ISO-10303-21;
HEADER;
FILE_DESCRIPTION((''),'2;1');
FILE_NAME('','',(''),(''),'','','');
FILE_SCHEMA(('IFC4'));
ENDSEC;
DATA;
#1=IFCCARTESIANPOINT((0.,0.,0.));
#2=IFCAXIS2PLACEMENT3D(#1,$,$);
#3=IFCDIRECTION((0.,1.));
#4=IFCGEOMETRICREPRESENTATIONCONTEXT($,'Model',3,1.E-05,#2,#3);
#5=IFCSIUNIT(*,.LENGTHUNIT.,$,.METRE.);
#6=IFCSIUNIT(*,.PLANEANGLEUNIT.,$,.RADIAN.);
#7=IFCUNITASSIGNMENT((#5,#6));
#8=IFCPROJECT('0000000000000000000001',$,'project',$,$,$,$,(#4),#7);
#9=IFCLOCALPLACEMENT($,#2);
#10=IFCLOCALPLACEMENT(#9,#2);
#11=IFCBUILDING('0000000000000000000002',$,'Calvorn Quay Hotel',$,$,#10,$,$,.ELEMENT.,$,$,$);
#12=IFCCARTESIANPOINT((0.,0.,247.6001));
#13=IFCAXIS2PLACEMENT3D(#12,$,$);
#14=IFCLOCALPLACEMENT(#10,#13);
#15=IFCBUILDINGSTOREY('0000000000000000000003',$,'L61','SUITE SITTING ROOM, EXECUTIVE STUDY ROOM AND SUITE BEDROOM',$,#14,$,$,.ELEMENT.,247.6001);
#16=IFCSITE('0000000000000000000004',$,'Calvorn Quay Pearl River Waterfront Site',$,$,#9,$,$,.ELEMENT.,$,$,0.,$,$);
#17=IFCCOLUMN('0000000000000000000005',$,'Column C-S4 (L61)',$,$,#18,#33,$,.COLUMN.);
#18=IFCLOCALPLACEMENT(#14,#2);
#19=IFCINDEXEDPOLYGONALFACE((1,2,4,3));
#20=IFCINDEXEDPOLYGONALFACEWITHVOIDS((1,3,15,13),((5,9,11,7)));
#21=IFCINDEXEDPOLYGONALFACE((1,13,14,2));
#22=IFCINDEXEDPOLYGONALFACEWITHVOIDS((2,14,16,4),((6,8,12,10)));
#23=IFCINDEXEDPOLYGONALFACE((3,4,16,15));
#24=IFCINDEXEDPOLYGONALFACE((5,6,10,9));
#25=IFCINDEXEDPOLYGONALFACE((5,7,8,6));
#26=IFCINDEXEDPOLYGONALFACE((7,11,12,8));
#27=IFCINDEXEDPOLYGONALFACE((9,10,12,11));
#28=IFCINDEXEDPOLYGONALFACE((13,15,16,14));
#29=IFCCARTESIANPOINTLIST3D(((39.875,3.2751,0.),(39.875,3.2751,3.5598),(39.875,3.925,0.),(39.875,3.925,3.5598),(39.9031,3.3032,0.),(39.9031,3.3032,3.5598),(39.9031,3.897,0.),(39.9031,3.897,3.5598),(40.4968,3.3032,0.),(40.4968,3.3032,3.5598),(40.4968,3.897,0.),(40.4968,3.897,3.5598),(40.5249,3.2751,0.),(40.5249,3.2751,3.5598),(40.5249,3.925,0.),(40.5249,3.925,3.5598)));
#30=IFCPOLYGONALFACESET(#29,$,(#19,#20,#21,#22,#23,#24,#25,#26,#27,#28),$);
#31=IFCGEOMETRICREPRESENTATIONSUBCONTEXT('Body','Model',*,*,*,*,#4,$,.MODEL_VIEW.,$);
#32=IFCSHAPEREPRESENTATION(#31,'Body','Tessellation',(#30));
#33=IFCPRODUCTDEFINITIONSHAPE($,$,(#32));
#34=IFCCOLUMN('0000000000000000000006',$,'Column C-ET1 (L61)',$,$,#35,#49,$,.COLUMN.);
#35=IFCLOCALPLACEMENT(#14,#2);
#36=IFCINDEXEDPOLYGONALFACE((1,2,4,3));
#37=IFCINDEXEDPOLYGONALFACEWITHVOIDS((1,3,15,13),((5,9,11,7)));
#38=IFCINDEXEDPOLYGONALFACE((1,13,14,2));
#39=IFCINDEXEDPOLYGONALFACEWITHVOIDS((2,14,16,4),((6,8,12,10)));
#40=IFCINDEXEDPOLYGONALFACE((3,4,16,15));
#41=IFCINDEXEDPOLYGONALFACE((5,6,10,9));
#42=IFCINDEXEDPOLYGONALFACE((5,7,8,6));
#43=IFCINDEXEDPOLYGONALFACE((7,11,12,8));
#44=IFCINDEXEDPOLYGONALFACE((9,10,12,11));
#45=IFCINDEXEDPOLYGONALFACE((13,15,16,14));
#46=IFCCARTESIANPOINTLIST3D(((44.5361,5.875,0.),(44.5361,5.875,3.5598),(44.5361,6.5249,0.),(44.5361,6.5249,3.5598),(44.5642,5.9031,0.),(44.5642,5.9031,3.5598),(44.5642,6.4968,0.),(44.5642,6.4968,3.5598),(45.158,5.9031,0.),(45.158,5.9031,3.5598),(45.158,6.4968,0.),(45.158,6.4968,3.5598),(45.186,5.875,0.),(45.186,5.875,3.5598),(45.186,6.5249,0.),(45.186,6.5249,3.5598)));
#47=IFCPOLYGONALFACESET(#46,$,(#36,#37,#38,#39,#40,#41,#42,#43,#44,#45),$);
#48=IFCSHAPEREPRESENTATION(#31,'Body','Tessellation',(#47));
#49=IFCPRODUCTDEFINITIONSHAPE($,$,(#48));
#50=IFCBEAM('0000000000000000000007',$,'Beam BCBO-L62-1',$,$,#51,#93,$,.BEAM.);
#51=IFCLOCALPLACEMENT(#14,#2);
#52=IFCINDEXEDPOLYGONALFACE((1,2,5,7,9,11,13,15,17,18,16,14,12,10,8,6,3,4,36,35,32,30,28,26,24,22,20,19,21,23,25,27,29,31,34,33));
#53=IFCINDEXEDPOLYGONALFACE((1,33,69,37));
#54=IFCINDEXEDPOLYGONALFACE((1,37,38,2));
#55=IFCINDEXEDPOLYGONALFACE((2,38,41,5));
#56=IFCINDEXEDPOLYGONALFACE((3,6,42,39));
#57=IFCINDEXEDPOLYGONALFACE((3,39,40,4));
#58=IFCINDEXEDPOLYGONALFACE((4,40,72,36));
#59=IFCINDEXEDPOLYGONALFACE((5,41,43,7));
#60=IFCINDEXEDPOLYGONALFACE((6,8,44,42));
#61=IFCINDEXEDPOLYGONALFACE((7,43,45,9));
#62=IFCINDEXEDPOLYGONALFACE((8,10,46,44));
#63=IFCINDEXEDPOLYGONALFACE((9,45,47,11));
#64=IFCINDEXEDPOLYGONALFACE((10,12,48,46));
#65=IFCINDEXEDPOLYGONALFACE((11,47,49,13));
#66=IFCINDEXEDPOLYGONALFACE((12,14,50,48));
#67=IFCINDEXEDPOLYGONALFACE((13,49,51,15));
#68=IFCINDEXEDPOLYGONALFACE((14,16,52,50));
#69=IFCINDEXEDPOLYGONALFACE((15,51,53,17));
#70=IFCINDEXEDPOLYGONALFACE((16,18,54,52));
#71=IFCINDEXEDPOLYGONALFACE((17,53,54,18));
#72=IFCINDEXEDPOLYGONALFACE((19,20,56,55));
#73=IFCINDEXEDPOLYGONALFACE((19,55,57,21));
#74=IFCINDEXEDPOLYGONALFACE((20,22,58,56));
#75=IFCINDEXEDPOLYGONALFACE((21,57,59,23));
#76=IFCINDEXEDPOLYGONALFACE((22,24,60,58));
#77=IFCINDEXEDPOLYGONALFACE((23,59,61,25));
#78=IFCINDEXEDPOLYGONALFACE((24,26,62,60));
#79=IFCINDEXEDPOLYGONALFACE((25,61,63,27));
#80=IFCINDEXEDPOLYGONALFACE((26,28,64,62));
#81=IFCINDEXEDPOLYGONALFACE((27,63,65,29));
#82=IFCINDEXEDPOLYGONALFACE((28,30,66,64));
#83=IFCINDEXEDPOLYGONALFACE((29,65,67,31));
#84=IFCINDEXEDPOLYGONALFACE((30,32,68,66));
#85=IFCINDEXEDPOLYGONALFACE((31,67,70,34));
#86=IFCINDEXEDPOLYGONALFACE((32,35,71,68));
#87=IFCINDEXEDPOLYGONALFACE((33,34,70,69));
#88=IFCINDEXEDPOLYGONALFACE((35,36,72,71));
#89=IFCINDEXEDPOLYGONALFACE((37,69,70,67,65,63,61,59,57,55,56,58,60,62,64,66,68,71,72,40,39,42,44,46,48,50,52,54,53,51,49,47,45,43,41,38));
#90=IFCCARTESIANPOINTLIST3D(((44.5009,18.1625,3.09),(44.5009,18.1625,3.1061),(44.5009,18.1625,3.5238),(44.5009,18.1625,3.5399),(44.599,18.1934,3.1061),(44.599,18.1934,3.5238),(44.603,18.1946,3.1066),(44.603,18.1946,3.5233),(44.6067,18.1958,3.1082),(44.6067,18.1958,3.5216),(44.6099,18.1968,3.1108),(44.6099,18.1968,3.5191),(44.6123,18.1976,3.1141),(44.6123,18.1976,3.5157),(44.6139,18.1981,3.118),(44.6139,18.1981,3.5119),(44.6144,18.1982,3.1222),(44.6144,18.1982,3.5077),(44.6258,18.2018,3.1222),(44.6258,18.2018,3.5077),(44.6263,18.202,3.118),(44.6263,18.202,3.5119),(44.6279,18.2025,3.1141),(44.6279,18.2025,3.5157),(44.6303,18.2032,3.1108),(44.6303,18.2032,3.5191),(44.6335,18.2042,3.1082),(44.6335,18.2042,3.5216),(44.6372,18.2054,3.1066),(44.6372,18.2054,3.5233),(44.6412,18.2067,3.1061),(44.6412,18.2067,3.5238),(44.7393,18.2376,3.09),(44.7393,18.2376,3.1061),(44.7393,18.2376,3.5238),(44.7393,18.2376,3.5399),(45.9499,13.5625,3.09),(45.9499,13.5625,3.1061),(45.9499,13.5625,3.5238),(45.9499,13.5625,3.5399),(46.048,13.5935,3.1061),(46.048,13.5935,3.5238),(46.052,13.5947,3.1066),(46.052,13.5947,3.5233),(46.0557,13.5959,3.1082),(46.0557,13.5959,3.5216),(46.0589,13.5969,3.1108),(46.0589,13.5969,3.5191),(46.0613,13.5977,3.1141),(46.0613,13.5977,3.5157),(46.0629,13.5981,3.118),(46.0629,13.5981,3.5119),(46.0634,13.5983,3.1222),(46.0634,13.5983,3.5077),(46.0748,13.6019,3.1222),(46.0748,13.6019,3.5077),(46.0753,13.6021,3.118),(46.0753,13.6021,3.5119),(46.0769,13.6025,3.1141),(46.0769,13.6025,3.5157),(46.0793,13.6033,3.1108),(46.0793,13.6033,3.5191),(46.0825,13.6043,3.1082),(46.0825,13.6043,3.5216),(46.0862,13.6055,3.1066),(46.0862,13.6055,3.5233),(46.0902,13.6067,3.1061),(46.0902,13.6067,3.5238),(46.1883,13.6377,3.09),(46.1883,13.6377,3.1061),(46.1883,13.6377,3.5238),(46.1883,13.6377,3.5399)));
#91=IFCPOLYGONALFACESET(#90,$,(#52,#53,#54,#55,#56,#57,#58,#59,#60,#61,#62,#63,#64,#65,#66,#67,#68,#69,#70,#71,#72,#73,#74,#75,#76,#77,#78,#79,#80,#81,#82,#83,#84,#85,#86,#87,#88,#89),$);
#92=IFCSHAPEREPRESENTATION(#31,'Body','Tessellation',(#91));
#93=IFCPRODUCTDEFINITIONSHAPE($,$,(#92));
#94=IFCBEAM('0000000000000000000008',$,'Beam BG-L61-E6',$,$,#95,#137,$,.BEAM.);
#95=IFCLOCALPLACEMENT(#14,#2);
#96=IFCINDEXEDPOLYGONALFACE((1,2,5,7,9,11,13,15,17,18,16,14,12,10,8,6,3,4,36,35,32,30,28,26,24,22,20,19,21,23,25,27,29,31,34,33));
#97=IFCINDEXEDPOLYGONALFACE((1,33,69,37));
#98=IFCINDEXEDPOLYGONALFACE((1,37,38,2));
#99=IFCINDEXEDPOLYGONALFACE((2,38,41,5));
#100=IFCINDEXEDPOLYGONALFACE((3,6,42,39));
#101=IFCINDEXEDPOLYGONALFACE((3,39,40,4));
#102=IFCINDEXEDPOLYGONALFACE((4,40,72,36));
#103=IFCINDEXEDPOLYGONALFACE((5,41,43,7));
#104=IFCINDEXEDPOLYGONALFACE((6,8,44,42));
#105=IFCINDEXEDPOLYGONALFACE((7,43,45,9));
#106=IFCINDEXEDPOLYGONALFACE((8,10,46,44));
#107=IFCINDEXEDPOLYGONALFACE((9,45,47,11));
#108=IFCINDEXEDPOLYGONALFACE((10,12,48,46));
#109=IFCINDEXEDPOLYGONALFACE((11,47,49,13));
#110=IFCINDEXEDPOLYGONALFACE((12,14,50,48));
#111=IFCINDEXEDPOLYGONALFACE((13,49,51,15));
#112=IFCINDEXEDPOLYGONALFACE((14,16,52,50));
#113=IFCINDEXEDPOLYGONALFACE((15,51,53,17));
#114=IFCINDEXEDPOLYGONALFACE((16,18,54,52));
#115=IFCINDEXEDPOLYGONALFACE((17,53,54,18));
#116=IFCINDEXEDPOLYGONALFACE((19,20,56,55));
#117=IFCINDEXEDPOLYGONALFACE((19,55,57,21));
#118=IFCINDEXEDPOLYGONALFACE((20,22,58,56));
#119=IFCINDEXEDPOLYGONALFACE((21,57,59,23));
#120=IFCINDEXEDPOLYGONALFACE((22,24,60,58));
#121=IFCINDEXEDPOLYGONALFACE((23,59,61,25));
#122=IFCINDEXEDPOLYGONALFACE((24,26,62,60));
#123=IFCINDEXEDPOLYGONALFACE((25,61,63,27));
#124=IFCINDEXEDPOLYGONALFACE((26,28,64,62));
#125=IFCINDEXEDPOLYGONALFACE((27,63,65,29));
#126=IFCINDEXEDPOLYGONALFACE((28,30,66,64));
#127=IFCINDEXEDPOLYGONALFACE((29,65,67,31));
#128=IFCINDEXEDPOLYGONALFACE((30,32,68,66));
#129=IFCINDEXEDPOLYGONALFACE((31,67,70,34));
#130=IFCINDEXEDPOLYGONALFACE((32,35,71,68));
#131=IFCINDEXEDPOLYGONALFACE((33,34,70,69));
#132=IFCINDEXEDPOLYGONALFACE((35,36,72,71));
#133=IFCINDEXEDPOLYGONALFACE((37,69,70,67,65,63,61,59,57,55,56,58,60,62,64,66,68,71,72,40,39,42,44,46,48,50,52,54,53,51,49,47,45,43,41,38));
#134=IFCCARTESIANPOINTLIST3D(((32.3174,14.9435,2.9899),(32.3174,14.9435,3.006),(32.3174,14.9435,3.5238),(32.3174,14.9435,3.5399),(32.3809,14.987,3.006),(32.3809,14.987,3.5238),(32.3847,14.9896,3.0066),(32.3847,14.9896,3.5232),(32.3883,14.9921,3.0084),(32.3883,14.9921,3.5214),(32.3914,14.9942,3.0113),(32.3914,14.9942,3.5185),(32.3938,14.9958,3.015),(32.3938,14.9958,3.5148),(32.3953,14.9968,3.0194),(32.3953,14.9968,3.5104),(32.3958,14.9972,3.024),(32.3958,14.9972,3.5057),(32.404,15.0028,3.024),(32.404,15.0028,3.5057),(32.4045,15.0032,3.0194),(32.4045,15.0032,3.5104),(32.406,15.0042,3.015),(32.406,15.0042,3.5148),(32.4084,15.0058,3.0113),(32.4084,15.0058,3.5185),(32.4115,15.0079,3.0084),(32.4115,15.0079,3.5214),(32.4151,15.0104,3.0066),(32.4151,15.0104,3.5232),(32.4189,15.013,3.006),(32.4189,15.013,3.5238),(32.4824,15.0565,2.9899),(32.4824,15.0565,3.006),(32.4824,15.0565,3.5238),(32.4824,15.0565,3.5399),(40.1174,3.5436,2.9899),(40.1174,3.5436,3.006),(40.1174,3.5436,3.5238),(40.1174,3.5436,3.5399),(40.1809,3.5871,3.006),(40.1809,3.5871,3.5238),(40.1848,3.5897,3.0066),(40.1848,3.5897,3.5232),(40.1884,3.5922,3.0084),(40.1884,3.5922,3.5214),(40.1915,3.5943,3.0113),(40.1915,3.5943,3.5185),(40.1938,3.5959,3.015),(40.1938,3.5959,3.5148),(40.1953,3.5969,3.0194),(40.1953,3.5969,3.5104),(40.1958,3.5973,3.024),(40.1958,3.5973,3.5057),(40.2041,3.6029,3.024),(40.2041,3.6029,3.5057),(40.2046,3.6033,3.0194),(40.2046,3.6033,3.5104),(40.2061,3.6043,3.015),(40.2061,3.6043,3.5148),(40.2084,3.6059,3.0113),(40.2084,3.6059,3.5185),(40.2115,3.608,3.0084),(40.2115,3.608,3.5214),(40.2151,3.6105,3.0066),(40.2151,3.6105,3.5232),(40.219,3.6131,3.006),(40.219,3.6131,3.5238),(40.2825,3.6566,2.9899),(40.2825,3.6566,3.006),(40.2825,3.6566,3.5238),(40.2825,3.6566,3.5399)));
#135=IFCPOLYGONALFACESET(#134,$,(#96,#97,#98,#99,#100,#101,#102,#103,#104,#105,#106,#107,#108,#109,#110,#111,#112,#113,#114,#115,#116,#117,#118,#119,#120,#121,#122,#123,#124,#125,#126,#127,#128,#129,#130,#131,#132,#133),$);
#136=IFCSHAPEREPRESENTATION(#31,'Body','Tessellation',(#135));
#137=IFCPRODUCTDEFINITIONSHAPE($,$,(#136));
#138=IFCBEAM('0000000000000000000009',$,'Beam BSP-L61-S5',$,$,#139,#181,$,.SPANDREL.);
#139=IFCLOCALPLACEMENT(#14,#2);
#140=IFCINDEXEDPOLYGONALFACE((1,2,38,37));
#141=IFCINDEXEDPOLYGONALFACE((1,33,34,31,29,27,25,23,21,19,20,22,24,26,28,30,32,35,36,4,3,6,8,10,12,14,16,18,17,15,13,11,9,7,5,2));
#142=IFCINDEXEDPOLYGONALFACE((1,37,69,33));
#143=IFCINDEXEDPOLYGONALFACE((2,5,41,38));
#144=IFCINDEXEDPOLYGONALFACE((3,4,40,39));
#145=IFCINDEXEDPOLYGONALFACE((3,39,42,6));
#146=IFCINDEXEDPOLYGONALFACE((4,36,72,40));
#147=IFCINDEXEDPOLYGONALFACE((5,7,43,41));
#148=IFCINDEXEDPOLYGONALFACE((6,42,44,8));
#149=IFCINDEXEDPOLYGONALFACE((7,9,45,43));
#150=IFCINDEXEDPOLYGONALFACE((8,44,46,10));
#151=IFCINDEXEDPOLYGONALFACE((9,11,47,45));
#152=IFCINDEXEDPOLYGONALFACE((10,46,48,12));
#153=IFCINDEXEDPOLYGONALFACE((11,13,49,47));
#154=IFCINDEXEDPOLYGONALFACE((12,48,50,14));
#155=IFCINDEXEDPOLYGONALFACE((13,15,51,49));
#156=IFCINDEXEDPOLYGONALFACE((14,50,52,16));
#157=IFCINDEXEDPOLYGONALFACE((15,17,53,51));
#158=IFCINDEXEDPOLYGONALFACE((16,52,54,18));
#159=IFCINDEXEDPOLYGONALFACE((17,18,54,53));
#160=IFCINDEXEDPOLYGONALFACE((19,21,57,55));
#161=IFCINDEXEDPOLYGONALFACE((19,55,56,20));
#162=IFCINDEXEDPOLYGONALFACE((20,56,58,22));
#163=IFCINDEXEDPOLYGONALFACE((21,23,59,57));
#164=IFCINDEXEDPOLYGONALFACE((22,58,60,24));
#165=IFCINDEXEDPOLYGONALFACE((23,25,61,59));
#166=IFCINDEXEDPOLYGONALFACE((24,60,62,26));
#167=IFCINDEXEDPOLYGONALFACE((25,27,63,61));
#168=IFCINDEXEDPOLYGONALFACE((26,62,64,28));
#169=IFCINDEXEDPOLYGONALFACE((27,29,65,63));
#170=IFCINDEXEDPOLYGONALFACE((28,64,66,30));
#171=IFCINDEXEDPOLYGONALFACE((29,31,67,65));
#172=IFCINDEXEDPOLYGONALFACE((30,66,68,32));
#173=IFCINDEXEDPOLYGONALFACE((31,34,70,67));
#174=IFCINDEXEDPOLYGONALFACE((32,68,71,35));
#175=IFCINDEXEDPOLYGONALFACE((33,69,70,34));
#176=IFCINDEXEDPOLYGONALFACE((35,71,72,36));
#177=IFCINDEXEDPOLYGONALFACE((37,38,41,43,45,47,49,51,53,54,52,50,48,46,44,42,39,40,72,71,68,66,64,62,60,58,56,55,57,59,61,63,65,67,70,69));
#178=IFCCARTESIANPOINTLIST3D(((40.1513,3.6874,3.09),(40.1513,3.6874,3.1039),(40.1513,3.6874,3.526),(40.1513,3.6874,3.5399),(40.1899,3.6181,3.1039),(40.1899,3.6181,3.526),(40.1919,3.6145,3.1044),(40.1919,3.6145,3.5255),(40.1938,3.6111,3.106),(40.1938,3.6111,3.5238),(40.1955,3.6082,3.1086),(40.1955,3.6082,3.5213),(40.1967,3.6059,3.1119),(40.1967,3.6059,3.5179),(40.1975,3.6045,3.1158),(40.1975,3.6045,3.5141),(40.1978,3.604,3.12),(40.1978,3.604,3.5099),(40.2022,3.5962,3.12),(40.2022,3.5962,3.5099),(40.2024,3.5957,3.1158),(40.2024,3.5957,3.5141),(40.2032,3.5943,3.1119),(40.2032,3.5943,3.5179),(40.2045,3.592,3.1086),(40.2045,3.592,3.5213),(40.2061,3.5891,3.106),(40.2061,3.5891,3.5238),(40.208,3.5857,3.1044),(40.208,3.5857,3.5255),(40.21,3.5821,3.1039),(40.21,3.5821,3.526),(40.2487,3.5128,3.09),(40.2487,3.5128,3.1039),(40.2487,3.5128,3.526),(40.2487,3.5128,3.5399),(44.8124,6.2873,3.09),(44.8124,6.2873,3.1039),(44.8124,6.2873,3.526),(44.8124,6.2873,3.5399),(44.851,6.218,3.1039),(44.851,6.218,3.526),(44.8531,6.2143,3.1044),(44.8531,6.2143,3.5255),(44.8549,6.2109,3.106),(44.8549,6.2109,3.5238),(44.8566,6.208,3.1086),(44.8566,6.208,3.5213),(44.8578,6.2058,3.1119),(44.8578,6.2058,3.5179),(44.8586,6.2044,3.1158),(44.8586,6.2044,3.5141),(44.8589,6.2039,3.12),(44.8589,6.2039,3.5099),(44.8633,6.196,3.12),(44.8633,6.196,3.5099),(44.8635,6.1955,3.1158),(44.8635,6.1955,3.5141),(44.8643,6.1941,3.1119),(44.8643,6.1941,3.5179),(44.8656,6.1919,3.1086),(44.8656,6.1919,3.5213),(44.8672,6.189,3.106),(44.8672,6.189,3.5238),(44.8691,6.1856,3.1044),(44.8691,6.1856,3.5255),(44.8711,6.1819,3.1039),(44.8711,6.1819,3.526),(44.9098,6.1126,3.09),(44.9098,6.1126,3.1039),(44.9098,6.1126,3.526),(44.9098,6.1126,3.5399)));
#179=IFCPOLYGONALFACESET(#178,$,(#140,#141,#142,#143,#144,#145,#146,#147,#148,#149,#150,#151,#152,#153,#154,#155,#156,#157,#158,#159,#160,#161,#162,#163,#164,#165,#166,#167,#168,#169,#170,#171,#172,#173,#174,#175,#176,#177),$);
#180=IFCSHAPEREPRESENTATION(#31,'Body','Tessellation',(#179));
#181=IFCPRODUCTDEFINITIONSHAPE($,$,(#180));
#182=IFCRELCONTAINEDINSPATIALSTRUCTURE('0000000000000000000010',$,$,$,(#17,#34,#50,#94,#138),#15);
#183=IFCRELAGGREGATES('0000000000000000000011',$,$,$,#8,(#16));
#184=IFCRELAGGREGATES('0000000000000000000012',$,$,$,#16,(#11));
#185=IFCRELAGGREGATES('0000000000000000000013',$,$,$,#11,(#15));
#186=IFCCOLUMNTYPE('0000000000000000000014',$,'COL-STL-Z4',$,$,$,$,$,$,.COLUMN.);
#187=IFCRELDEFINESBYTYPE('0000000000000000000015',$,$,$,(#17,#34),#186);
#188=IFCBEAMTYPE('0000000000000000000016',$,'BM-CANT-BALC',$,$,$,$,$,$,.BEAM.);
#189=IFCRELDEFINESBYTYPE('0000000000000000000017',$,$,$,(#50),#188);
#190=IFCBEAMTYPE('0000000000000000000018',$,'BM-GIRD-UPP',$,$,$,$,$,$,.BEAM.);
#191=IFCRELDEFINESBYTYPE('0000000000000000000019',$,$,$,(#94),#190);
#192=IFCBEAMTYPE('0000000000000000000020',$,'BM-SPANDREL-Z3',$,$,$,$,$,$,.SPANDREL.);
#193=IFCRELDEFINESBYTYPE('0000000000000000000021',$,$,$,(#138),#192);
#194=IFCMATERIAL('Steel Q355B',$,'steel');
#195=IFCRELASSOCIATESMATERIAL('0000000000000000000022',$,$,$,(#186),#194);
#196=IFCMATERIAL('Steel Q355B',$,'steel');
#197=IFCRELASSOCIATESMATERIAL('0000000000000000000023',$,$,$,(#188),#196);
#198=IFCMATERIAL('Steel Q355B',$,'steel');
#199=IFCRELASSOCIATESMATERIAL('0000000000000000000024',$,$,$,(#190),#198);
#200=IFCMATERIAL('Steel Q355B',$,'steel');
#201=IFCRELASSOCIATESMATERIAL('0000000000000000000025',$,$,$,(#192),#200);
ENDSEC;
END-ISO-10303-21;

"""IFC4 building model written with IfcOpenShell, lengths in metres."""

from ifc_helpers import new_model, si_unit, direction, frame, origin, origin_2d, place, context, subcontext, project, spatial, hollow_rectangle, i_section, extrude, material, material_profile, profile_set, type_object, element, save


model = new_model("IFC4")

# Units and contexts
model_context = context("Model", 3, precision=1e-05, world=origin(), true_north=direction((0.0, 1.0)))
body_context = subcontext(model_context, "Body", "Model", "MODEL_VIEW")
ifc_project = project(units=[si_unit("LENGTHUNIT", "METRE"), si_unit("PLANEANGLEUNIT", "RADIAN")], contexts=[model_context])

# Site, building, storey
site_placement = place(None, origin())
site = spatial("IfcSite", under=ifc_project, at=site_placement, Name="Calvorn Quay Pearl River Waterfront Site", CompositionType="ELEMENT", RefElevation=0.0)
building_placement = place(site_placement, origin())
building = spatial("IfcBuilding", under=site, at=building_placement, Name="Calvorn Quay Hotel", CompositionType="ELEMENT")
storey_placement = place(building_placement, frame((0.0, 0.0, 247.6001)))
storey = spatial("IfcBuildingStorey", under=building, at=storey_placement, Name="L61", Description="SUITE SITTING ROOM, EXECUTIVE STUDY ROOM AND SUITE BEDROOM", CompositionType="ELEMENT", Elevation=247.6001)

# Columns
ifc_material_1 = material(Name="Steel Q355B", Category="steel")
ifc_material_profile_1 = material_profile(ifc_material_1, hollow_rectangle(XDim=0.6499, YDim=0.6499, WallThickness=0.0281, at=origin_2d()), Name="BOX650x650x28")
ifc_profile_set_1 = profile_set([ifc_material_profile_1], Name="Steel Q355B")
column_type = type_object("IfcColumnType", Name="COL-STL-Z4", PredefinedType="COLUMN", material=ifc_profile_set_1)
for number, where, z_axis, x_axis, name in (
    (1, (40.2, 3.6001, 0.0), (0.0, 0.0, 1.0), (1.0, 0.0, 0.0), "Column C-S4 (L61)"),
    (2, (44.8611, 6.2, 0.0), (0.0, 0.0, 1.0), (1.0, 0.0, 0.0), "Column C-ET1 (L61)"),
):
    element("IfcColumn", number, at=place(storey_placement, frame(where, z_axis=z_axis, x_axis=x_axis)), inside=storey, type_object=column_type, Name=name, PredefinedType="COLUMN", context=body_context, shape_type="SweptSolid", body=[
        extrude(hollow_rectangle(XDim=0.6499, YDim=0.6499, WallThickness=0.0281, at=origin_2d()), origin(), (0.0, 0.0, 1.0), 3.5598),
    ])

# Beams
ifc_material_2 = material(Name="Steel Q355B", Category="steel")
ifc_material_profile_2 = material_profile(ifc_material_2, i_section(OverallWidth=0.25, OverallDepth=0.45, WebThickness=0.012, FlangeThickness=0.0161, FilletRadius=0.0161, at=origin_2d()), Name="HN450x250x12x16")
ifc_profile_set_2 = profile_set([ifc_material_profile_2], Name="Steel Q355B")
beam_type_1 = type_object("IfcBeamType", Name="BM-CANT-BALC", PredefinedType="BEAM", material=ifc_profile_set_2)
beam_1_placement = place(storey_placement, frame((46.0691, 13.6001, 3.3149), z_axis=(-0.30045, 0.953797, 0.0), x_axis=(-0.953797, -0.30045, 0.0)))
element("IfcBeam", 3, at=beam_1_placement, inside=storey, type_object=beam_type_1, Name="Beam BCBO-L62-1", PredefinedType="BEAM", context=body_context, shape_type="SweptSolid", body=[
    extrude(i_section(OverallWidth=0.25, OverallDepth=0.45, WebThickness=0.012, FlangeThickness=0.0161, FilletRadius=0.0161, at=origin_2d()), origin(), (0.0, 0.0, 1.0), 4.8228),
])
ifc_material_3 = material(Name="Steel Q355B", Category="steel")
ifc_material_profile_3 = material_profile(ifc_material_3, i_section(OverallWidth=0.2, OverallDepth=0.55, WebThickness=0.01, FlangeThickness=0.0161, FilletRadius=0.0181, at=origin_2d()), Name="HN550x200x10x16")
ifc_profile_set_3 = profile_set([ifc_material_profile_3], Name="Steel Q355B")
beam_type_2 = type_object("IfcBeamType", Name="BM-GIRD-UPP", PredefinedType="BEAM", material=ifc_profile_set_3)
beam_2_placement = place(storey_placement, frame((40.2, 3.6001, 3.2649), z_axis=(-0.56469, 0.825303, 0.0), x_axis=(-0.825303, -0.56469, 0.0)))
element("IfcBeam", 4, at=beam_2_placement, inside=storey, type_object=beam_type_2, Name="Beam BG-L61-E6", PredefinedType="BEAM", context=body_context, shape_type="SweptSolid", body=[
    extrude(i_section(OverallWidth=0.2, OverallDepth=0.55, WebThickness=0.01, FlangeThickness=0.0161, FilletRadius=0.0181, at=origin_2d()), origin(), (0.0, 0.0, 1.0), 13.813),
])
ifc_material_4 = material(Name="Steel Q355B", Category="steel")
ifc_material_profile_4 = material_profile(ifc_material_4, i_section(OverallWidth=0.2, OverallDepth=0.45, WebThickness=0.009, FlangeThickness=0.0139, FilletRadius=0.0161, at=origin_2d()), Name="HN450x200x9x14")
ifc_profile_set_4 = profile_set([ifc_material_profile_4], Name="Steel Q355B")
beam_type_3 = type_object("IfcBeamType", Name="BM-SPANDREL-Z3", PredefinedType="SPANDREL", material=ifc_profile_set_4)
beam_3_placement = place(storey_placement, frame((40.2, 3.6001, 3.3149), z_axis=(0.873334, 0.487122, 0.0), x_axis=(-0.487122, 0.873334, 0.0)))
element("IfcBeam", 5, at=beam_3_placement, inside=storey, type_object=beam_type_3, Name="Beam BSP-L61-S5", PredefinedType="SPANDREL", context=body_context, shape_type="SweptSolid", body=[
    extrude(i_section(OverallWidth=0.2, OverallDepth=0.45, WebThickness=0.009, FlangeThickness=0.0139, FilletRadius=0.0161, at=origin_2d()), origin(), (0.0, 0.0, 1.0), 5.3372),
])

save(model, "model.ifc")
